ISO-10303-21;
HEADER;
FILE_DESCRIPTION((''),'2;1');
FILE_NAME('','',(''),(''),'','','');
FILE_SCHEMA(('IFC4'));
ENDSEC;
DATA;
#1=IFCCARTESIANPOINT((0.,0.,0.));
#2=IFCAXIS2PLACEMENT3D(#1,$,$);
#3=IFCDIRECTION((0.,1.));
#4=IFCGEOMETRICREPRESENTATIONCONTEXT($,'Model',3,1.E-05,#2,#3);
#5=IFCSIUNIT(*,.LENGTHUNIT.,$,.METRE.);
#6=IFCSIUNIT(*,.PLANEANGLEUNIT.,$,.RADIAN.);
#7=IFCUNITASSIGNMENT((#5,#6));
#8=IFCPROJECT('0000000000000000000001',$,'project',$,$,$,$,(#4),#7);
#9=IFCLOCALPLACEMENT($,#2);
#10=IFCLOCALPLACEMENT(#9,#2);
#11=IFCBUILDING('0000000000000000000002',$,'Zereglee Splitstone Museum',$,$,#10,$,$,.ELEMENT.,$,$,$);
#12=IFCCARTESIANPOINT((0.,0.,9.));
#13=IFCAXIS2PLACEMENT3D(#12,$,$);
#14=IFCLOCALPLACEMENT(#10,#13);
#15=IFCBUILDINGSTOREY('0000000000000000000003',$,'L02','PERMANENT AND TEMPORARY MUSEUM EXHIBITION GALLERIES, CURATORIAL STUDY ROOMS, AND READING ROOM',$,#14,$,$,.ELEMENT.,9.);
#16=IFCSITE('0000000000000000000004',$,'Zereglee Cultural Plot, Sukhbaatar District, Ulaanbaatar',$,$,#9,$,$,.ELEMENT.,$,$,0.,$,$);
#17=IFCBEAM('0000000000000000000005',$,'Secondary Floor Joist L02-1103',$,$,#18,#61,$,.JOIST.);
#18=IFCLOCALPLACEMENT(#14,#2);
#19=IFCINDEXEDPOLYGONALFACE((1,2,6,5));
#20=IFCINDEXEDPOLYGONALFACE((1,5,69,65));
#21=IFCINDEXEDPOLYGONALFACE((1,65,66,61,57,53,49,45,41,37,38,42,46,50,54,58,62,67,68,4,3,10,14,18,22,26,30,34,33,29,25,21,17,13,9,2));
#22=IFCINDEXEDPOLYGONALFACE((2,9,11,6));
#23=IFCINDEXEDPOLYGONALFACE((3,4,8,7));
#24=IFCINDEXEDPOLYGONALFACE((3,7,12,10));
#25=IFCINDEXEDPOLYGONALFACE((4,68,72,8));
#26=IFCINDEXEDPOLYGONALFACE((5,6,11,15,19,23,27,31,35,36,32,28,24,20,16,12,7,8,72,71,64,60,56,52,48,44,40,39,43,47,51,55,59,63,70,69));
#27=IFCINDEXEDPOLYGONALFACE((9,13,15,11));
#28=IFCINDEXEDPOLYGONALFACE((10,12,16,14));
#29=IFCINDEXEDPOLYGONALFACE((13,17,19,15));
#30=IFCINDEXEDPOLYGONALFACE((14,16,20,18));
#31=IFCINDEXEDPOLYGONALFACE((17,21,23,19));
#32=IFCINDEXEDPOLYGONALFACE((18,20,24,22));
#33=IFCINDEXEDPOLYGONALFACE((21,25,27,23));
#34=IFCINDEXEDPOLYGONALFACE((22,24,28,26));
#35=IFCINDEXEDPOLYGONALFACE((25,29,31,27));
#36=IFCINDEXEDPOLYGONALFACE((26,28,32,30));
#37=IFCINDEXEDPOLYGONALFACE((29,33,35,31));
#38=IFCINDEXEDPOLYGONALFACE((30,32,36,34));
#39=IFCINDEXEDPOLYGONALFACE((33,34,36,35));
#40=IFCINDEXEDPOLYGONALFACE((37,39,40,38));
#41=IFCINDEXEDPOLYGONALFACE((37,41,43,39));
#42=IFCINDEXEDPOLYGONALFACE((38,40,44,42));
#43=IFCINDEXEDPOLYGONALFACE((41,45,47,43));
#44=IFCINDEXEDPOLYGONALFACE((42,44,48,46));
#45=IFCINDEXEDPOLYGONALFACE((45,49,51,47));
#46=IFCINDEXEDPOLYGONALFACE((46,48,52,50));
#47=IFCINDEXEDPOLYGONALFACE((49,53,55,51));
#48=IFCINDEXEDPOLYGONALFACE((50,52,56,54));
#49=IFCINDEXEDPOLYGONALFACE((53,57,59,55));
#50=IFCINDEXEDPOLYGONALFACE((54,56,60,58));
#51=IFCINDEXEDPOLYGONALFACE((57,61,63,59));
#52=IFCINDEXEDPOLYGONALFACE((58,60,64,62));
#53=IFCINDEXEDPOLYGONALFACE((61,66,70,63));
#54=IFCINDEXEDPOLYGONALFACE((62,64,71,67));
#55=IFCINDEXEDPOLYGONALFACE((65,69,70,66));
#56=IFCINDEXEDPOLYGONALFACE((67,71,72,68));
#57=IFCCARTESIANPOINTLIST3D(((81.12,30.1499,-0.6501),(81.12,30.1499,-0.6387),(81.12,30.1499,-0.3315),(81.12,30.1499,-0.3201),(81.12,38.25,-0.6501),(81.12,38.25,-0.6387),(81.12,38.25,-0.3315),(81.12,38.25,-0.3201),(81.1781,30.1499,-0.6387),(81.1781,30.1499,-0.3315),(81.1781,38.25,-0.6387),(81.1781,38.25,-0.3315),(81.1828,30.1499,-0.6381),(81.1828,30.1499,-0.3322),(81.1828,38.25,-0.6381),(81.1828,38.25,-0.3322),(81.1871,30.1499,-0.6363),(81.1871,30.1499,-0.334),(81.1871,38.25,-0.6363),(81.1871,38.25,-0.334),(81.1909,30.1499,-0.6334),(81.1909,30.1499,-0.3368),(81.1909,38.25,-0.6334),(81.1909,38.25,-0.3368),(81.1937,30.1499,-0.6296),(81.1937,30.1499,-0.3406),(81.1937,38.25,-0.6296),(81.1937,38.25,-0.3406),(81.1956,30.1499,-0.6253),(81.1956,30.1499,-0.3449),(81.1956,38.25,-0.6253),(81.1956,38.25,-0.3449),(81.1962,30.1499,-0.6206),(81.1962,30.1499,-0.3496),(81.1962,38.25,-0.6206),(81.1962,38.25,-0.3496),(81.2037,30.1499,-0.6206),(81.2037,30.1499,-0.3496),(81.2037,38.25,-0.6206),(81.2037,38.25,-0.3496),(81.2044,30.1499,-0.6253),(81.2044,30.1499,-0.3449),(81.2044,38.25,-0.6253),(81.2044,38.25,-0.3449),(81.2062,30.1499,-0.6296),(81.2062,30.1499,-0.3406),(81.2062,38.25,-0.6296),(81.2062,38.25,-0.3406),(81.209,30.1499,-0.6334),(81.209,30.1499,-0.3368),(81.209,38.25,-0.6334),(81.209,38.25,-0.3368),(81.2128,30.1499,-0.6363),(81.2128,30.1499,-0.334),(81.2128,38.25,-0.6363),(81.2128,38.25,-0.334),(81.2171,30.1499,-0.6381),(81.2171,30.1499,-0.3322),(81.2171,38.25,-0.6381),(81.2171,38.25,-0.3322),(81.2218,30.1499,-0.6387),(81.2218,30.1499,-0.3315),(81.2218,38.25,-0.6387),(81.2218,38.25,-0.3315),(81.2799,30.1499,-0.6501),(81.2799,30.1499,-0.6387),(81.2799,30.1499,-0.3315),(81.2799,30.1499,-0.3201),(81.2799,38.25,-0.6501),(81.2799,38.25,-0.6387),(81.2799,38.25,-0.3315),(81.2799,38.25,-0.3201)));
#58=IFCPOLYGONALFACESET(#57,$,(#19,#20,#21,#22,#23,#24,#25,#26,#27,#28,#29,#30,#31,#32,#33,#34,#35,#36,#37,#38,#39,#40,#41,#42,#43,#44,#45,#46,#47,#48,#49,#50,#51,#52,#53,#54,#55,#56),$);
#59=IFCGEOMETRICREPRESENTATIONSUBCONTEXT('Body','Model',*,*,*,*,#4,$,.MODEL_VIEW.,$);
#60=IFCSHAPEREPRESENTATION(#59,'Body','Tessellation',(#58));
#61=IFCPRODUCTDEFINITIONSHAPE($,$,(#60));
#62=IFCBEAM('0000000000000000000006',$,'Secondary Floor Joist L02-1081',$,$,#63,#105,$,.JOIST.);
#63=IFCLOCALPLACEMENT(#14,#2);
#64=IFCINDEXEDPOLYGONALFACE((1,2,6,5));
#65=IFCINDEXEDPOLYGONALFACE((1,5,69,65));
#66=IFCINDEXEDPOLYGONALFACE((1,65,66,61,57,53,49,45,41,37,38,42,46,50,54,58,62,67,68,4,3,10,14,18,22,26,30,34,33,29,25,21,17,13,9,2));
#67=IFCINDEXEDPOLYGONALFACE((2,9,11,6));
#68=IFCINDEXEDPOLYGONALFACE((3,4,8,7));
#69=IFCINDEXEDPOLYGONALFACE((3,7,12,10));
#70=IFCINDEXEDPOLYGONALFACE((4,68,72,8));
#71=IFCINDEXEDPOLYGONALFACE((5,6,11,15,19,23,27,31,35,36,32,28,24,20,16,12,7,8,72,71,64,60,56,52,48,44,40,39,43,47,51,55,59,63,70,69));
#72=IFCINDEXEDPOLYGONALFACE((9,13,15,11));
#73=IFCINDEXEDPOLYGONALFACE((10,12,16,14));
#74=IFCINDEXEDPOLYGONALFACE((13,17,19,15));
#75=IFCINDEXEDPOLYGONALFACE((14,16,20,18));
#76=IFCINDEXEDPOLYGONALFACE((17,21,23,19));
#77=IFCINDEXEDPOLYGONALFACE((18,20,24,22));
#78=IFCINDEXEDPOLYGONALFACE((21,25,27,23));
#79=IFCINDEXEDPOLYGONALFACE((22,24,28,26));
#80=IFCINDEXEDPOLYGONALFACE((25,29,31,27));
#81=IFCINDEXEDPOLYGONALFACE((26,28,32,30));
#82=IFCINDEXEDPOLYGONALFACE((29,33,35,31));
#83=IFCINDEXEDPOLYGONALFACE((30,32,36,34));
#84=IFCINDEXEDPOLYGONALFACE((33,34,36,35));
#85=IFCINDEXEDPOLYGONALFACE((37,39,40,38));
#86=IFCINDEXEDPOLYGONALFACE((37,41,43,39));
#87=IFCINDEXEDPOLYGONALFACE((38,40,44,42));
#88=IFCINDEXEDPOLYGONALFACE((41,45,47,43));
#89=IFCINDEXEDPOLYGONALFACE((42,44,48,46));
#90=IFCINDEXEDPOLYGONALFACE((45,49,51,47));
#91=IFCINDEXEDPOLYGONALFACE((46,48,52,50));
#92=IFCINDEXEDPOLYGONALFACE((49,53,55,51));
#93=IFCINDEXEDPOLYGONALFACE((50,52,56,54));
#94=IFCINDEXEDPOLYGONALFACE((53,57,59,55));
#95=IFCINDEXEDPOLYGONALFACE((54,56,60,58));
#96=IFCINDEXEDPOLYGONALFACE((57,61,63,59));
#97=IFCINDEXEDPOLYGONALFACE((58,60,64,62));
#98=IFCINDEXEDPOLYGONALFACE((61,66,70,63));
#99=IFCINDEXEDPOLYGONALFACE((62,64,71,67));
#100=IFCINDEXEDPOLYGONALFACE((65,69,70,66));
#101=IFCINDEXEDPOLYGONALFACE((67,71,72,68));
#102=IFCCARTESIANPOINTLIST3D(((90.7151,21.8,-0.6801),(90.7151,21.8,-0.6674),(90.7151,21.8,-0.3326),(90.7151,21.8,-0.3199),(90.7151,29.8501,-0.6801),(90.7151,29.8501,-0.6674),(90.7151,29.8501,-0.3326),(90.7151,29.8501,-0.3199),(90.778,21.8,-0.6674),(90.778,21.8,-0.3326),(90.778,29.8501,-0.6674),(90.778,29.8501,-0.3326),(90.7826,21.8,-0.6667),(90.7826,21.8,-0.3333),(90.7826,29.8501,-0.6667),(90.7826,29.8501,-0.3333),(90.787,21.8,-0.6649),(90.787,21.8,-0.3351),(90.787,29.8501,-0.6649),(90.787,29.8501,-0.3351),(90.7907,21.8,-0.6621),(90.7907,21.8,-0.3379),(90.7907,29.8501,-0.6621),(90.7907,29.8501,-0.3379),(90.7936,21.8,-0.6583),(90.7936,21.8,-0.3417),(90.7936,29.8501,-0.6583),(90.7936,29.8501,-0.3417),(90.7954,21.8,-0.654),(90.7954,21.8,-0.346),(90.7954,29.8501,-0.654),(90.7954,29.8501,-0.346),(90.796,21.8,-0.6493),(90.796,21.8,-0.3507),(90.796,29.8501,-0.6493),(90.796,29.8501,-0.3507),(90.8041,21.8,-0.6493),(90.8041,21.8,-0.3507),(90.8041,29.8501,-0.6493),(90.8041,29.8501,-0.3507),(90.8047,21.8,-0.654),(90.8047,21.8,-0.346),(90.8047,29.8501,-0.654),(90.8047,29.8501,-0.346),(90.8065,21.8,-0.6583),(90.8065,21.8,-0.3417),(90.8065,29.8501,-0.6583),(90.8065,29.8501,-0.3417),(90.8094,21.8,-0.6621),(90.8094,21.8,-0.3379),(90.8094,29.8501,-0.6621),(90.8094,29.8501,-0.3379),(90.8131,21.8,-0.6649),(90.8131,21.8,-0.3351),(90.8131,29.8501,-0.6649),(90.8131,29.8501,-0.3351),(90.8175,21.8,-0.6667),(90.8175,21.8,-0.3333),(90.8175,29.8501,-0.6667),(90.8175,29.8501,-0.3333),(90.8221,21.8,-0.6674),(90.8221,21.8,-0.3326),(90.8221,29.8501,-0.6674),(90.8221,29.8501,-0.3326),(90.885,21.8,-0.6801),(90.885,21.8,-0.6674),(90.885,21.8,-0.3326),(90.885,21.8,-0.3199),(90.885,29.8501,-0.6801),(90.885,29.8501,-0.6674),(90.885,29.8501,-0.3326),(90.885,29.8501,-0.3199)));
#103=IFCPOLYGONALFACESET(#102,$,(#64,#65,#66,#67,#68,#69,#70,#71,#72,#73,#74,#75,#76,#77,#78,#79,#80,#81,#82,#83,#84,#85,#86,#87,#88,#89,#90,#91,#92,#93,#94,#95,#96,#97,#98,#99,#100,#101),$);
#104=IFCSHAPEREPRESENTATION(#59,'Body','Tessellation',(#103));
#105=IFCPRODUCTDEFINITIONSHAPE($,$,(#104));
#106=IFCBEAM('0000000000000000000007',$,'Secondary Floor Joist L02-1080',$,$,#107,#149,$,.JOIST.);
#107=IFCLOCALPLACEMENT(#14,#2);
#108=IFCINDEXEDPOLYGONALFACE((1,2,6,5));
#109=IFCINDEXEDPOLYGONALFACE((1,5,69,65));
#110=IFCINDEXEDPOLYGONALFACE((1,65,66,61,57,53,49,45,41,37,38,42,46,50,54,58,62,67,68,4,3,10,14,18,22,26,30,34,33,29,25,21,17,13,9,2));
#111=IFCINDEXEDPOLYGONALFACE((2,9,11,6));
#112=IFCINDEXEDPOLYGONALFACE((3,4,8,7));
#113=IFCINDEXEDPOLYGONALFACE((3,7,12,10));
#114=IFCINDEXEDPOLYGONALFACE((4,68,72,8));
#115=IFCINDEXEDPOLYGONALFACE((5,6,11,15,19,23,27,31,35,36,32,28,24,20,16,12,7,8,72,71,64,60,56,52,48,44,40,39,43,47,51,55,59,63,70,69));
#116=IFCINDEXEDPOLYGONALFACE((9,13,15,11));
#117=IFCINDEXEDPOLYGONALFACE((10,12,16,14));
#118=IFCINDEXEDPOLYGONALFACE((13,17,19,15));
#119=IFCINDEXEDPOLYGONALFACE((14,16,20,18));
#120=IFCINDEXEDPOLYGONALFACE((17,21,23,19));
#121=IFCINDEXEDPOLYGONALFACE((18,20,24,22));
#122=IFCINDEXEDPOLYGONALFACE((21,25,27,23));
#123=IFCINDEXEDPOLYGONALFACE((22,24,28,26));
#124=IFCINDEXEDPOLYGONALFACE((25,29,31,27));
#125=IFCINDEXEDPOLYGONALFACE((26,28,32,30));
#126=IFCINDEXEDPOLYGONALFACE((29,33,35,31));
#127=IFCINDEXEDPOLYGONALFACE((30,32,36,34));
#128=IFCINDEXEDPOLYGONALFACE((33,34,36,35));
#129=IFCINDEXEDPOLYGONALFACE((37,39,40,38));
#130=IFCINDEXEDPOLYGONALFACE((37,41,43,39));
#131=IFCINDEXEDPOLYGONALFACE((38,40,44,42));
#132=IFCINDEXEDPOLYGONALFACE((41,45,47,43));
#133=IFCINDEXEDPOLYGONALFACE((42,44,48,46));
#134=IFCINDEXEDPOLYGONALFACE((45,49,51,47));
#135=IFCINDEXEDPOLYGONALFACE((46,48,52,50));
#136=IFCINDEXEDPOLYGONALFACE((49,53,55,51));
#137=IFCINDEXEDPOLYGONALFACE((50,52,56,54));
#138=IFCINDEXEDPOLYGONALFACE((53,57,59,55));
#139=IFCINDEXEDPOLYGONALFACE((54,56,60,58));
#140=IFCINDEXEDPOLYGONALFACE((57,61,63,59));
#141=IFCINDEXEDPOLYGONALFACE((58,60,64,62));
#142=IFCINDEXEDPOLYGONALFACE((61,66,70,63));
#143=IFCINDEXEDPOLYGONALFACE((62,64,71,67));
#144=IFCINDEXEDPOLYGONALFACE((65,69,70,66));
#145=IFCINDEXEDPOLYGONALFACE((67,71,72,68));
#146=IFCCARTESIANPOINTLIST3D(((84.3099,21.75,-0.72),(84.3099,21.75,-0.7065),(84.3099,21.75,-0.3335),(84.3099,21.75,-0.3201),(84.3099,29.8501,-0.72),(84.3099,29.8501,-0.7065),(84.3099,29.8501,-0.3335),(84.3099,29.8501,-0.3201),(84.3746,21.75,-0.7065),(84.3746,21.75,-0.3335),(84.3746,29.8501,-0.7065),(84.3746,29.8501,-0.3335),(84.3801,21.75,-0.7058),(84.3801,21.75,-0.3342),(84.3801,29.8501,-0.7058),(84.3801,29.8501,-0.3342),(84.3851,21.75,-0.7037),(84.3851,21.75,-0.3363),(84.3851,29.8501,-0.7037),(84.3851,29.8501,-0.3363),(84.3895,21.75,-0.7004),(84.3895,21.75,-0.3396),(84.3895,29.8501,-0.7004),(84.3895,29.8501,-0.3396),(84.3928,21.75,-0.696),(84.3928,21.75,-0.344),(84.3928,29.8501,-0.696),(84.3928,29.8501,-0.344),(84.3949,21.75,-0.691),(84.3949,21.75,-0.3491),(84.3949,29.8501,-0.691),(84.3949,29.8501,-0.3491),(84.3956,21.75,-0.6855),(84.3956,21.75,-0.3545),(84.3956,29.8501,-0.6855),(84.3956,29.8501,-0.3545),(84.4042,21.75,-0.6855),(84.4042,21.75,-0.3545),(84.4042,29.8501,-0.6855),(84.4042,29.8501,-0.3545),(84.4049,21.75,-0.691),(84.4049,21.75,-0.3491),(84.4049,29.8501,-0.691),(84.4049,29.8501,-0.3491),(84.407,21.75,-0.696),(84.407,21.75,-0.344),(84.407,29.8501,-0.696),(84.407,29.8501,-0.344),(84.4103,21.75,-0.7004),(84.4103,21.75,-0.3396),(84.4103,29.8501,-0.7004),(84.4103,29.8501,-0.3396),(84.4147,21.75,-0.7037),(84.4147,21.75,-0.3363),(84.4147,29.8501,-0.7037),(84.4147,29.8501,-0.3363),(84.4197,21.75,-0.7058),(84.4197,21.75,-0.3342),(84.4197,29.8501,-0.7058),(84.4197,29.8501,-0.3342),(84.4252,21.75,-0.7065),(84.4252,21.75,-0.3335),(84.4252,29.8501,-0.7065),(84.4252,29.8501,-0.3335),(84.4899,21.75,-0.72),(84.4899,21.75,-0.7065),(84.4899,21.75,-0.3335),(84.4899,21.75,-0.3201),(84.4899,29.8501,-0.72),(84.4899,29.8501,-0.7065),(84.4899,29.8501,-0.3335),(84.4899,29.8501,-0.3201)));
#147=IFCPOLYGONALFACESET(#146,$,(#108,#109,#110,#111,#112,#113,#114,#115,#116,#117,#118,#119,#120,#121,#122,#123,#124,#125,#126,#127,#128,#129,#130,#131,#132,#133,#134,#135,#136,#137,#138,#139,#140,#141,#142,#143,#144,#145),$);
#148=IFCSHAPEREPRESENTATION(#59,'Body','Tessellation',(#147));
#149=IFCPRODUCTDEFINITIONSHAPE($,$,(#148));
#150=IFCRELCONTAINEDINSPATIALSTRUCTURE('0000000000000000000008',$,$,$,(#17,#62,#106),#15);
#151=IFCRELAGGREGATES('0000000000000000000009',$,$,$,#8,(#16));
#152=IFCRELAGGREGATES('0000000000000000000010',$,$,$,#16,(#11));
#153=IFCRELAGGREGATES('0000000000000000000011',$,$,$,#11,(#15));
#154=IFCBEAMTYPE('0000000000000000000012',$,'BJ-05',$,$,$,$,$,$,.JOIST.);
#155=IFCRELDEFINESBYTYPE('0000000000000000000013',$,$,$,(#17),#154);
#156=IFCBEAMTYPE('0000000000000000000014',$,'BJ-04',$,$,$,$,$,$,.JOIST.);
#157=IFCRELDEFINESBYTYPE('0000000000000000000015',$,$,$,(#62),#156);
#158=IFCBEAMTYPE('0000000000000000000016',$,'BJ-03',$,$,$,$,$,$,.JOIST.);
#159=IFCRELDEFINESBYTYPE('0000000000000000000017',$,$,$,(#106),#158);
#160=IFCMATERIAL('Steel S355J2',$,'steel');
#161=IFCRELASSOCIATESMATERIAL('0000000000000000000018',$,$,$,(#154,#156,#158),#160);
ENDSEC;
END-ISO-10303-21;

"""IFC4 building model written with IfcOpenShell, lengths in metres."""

from ifc_helpers import new_model, si_unit, direction, frame, origin, origin_2d, place, context, subcontext, project, spatial, i_section, extrude, material, material_profile, profile_set, type_object, element, save


model = new_model("IFC4")

# Units and contexts
model_context = context("Model", 3, precision=1e-05, world=origin(), true_north=direction((0.0, 1.0)))
body_context = subcontext(model_context, "Body", "Model", "MODEL_VIEW")
ifc_project = project(units=[si_unit("LENGTHUNIT", "METRE"), si_unit("PLANEANGLEUNIT", "RADIAN")], contexts=[model_context])

# Site, building, storey
site_placement = place(None, origin())
site = spatial("IfcSite", under=ifc_project, at=site_placement, Name="Zereglee Cultural Plot, Sukhbaatar District, Ulaanbaatar", CompositionType="ELEMENT", RefElevation=0.0)
building_placement = place(site_placement, origin())
building = spatial("IfcBuilding", under=site, at=building_placement, Name="Zereglee Splitstone Museum", CompositionType="ELEMENT")
storey_placement = place(building_placement, frame((0.0, 0.0, 9.0)))
storey = spatial("IfcBuildingStorey", under=building, at=storey_placement, Name="L02", Description="PERMANENT AND TEMPORARY MUSEUM EXHIBITION GALLERIES, CURATORIAL STUDY ROOMS, AND READING ROOM", CompositionType="ELEMENT", Elevation=9.0)

# Shared definitions
ifc_material_1 = material(Name="Steel S355J2", Category="steel")

# Beams
ifc_material_profile_1 = material_profile(ifc_material_1, i_section(OverallWidth=0.1599, OverallDepth=0.3301, WebThickness=0.0076, FlangeThickness=0.0115, FilletRadius=0.0181, at=origin_2d()), Name="IPE 330")
ifc_profile_set_1 = profile_set([ifc_material_profile_1], Name="Steel S355J2")
beam_type_1 = type_object("IfcBeamType", Name="BJ-05", PredefinedType="JOIST", material=ifc_profile_set_1)
beam_1_placement = place(storey_placement, frame((81.2, 30.1499, -0.4851), z_axis=(0.0, 1.0, 0.0), x_axis=(-1.0, 0.0, 0.0)))
element("IfcBeam", 1, at=beam_1_placement, inside=storey, type_object=beam_type_1, Name="Secondary Floor Joist L02-1103", PredefinedType="JOIST", context=body_context, shape_type="SweptSolid", body=[
    extrude(i_section(OverallWidth=0.1599, OverallDepth=0.3301, WebThickness=0.0076, FlangeThickness=0.0115, FilletRadius=0.0181, at=origin_2d()), origin(), (0.0, 0.0, 1.0), 8.1001),
])
ifc_material_profile_2 = material_profile(ifc_material_1, i_section(OverallWidth=0.1699, OverallDepth=0.3601, WebThickness=0.0081, FlangeThickness=0.0127, FilletRadius=0.0181, at=origin_2d()), Name="IPE 360")
ifc_profile_set_2 = profile_set([ifc_material_profile_2], Name="Steel S355J2")
beam_type_2 = type_object("IfcBeamType", Name="BJ-04", PredefinedType="JOIST", material=ifc_profile_set_2)
beam_2_placement = place(storey_placement, frame((90.8, 21.8, -0.5), z_axis=(0.0, 1.0, 0.0), x_axis=(-1.0, 0.0, 0.0)))
element("IfcBeam", 2, at=beam_2_placement, inside=storey, type_object=beam_type_2, Name="Secondary Floor Joist L02-1081", PredefinedType="JOIST", context=body_context, shape_type="SweptSolid", body=[
    extrude(i_section(OverallWidth=0.1699, OverallDepth=0.3601, WebThickness=0.0081, FlangeThickness=0.0127, FilletRadius=0.0181, at=origin_2d()), origin(), (0.0, 0.0, 1.0), 8.05),
])
ifc_material_profile_3 = material_profile(ifc_material_1, i_section(OverallWidth=0.1799, OverallDepth=0.3999, WebThickness=0.0085, FlangeThickness=0.0134, FilletRadius=0.021, at=origin_2d()), Name="IPE 400")
ifc_profile_set_3 = profile_set([ifc_material_profile_3], Name="Steel S355J2")
beam_type_3 = type_object("IfcBeamType", Name="BJ-03", PredefinedType="JOIST", material=ifc_profile_set_3)
beam_3_placement = place(storey_placement, frame((84.3999, 21.75, -0.52), z_axis=(0.0, 1.0, 0.0), x_axis=(-1.0, 0.0, 0.0)))
element("IfcBeam", 3, at=beam_3_placement, inside=storey, type_object=beam_type_3, Name="Secondary Floor Joist L02-1080", PredefinedType="JOIST", context=body_context, shape_type="SweptSolid", body=[
    extrude(i_section(OverallWidth=0.1799, OverallDepth=0.3999, WebThickness=0.0085, FlangeThickness=0.0134, FilletRadius=0.021, at=origin_2d()), origin(), (0.0, 0.0, 1.0), 8.1001),
])

save(model, "model.ifc")
